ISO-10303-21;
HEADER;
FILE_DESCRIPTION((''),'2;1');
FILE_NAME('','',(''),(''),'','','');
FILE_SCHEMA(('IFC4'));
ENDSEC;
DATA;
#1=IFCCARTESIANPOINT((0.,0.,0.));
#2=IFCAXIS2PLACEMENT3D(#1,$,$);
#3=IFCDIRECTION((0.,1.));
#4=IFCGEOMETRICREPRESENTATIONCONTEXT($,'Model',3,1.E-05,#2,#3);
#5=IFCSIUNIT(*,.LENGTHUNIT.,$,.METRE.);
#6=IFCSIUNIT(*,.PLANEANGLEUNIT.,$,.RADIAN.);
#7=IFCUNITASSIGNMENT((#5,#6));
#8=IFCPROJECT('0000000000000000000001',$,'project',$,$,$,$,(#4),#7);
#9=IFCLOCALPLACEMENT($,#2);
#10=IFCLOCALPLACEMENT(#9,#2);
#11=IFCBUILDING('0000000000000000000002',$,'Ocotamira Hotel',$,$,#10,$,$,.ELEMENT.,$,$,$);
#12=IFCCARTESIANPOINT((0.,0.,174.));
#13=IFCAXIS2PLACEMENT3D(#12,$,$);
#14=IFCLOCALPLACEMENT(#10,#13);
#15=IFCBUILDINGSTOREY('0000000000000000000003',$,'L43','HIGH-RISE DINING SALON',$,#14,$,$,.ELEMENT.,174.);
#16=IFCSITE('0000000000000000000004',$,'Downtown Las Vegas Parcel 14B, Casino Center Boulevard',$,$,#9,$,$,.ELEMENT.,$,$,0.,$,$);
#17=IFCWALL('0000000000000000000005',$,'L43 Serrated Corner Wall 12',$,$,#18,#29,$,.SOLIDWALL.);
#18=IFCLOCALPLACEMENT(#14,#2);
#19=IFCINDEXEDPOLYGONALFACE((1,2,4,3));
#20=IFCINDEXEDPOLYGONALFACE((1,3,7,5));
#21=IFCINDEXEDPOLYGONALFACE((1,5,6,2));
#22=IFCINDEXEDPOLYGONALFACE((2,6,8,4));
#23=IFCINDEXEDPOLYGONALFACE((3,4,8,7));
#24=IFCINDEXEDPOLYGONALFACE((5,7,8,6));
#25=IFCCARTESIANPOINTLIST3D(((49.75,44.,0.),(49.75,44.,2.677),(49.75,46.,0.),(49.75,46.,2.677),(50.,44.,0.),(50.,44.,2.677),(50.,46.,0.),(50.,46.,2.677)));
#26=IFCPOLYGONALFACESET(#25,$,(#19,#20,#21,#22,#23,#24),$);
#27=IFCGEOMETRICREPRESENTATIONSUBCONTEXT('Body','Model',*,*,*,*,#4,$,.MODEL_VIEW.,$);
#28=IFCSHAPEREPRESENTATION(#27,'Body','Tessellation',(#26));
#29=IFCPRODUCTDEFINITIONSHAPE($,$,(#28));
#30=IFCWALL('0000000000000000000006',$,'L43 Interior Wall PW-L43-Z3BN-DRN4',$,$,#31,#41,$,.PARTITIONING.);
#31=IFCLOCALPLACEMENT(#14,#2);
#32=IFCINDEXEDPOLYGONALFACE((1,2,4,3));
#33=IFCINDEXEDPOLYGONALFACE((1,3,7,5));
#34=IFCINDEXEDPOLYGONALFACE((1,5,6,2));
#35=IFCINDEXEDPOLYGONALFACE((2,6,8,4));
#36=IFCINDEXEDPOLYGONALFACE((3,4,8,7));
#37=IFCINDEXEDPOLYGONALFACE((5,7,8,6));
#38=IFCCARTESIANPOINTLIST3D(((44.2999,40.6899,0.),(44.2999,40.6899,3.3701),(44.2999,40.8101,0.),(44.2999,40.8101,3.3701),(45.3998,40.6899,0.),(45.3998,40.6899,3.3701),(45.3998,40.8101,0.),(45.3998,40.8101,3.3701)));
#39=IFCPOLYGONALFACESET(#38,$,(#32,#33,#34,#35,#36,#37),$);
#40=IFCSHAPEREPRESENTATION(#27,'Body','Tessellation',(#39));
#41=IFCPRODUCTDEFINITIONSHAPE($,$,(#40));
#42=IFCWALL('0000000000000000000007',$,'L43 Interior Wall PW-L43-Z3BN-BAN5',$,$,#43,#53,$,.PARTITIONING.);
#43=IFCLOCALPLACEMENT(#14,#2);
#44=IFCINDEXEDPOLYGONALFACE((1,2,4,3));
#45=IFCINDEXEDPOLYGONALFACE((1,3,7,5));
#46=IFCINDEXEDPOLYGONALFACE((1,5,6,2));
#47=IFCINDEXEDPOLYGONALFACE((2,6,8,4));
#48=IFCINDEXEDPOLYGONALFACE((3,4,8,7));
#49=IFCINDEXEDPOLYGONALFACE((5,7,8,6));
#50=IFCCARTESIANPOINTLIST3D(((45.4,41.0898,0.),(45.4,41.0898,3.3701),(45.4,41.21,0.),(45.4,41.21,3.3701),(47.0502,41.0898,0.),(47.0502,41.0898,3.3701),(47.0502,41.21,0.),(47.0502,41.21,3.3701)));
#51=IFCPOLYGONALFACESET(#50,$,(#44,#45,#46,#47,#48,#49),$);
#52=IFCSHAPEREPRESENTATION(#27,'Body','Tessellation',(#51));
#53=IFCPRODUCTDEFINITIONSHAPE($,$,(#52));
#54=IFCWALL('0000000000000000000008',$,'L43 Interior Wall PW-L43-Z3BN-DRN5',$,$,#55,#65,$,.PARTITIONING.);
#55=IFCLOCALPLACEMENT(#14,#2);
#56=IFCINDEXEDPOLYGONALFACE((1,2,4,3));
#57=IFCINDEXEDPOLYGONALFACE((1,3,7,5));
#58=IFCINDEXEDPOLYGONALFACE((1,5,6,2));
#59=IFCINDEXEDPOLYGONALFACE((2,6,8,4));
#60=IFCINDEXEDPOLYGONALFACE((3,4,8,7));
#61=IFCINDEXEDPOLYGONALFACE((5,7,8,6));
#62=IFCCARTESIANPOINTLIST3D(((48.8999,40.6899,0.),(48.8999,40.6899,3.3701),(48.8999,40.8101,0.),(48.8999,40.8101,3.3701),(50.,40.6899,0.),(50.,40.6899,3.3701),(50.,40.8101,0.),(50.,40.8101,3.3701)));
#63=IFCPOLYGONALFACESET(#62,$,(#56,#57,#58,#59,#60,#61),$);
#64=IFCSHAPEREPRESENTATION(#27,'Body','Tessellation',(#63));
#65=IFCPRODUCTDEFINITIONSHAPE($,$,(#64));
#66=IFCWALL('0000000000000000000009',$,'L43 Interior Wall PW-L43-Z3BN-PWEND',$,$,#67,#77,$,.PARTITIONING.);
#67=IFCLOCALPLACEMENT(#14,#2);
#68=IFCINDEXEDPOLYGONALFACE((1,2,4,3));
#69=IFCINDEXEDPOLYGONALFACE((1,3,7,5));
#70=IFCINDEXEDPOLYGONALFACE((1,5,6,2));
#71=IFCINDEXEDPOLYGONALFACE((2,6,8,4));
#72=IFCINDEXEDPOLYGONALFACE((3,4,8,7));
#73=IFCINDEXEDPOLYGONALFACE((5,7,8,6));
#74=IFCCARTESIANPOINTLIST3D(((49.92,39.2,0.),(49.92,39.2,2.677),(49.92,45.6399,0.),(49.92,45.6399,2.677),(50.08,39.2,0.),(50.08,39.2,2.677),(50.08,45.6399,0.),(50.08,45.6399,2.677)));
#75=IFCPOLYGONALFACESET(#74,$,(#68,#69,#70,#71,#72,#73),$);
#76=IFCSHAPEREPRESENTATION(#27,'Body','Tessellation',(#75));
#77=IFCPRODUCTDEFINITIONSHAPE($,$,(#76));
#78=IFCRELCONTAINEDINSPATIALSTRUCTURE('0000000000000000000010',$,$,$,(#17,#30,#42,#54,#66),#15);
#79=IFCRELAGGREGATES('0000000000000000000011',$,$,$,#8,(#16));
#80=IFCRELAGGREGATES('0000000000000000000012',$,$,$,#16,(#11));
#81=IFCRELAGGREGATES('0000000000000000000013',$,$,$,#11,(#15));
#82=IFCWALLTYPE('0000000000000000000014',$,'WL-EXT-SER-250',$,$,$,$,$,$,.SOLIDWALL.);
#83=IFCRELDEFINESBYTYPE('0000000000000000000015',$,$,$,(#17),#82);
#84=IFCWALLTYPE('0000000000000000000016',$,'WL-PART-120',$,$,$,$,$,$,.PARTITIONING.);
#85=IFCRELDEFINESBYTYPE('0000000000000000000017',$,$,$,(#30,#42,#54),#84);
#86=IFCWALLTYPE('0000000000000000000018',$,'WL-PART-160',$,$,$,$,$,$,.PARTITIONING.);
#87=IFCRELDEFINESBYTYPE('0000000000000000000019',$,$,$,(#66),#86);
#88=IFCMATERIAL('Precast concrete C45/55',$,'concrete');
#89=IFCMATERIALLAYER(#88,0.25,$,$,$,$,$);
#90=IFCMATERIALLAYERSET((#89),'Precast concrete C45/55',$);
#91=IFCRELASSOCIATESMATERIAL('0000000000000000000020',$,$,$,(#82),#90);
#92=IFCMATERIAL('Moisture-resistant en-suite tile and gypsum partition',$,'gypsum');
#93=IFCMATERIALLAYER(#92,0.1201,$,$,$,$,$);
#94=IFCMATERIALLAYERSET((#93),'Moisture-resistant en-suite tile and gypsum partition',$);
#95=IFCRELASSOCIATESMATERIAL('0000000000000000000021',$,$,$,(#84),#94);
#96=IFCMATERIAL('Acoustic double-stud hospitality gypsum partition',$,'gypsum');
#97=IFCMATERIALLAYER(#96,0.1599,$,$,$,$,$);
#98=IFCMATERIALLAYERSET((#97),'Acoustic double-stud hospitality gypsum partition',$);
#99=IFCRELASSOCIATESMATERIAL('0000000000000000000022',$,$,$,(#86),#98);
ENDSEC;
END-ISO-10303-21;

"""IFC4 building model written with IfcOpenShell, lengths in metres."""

from ifc_helpers import new_model, si_unit, direction, frame, frame_2d, origin, place, context, subcontext, project, spatial, rectangle, extrude, material, layer, layer_set, type_object, element, save


model = new_model("IFC4")

# Units and contexts
model_context = context("Model", 3, precision=1e-05, world=origin(), true_north=direction((0.0, 1.0)))
body_context = subcontext(model_context, "Body", "Model", "MODEL_VIEW")
ifc_project = project(units=[si_unit("LENGTHUNIT", "METRE"), si_unit("PLANEANGLEUNIT", "RADIAN")], contexts=[model_context])

# Site, building, storey
site_placement = place(None, origin())
site = spatial("IfcSite", under=ifc_project, at=site_placement, Name="Downtown Las Vegas Parcel 14B, Casino Center Boulevard", CompositionType="ELEMENT", RefElevation=0.0)
building_placement = place(site_placement, origin())
building = spatial("IfcBuilding", under=site, at=building_placement, Name="Ocotamira Hotel", CompositionType="ELEMENT")
storey_placement = place(building_placement, frame((0.0, 0.0, 174.0)))
storey = spatial("IfcBuildingStorey", under=building, at=storey_placement, Name="L43", Description="HIGH-RISE DINING SALON", CompositionType="ELEMENT", Elevation=174.0)

# Wall
ifc_material_1 = material(Name="Precast concrete C45/55", Category="concrete")
ifc_layer_1 = layer(ifc_material_1, 0.25)
ifc_layer_set_1 = layer_set([ifc_layer_1], Name="Precast concrete C45/55")
wall_type_1 = type_object("IfcWallType", Name="WL-EXT-SER-250", PredefinedType="SOLIDWALL", material=ifc_layer_set_1)
wall_1_placement = place(storey_placement, frame((49.875, 44.0, 0.0), z_axis=(0.0, 0.0, 1.0), x_axis=(0.0, 1.0, 0.0)))
element("IfcWall", 1, at=wall_1_placement, inside=storey, type_object=wall_type_1, Name="L43 Serrated Corner Wall 12", PredefinedType="SOLIDWALL", context=body_context, shape_type="SweptSolid", body=[
    extrude(rectangle(XDim=2.0, YDim=0.25, at=frame_2d((1.0, 0.0))), origin(), (0.0, 0.0, 1.0), 2.677),
])

# Walls
ifc_material_2 = material(Name="Moisture-resistant en-suite tile and gypsum partition", Category="gypsum")
ifc_layer_2 = layer(ifc_material_2, 0.1201)
ifc_layer_set_2 = layer_set([ifc_layer_2], Name="Moisture-resistant en-suite tile and gypsum partition")
wall_type_2 = type_object("IfcWallType", Name="WL-PART-120", PredefinedType="PARTITIONING", material=ifc_layer_set_2)
wall_2_placement = place(storey_placement, frame((44.3, 40.75, 0.0), z_axis=(0.0, 0.0, 1.0), x_axis=(1.0, 0.0, 0.0)))
element("IfcWall", 2, at=wall_2_placement, inside=storey, type_object=wall_type_2, Name="L43 Interior Wall PW-L43-Z3BN-DRN4", PredefinedType="PARTITIONING", context=body_context, shape_type="SweptSolid", body=[
    extrude(rectangle(XDim=1.0999, YDim=0.1201, at=frame_2d((0.5498, 0.0))), origin(), (0.0, 0.0, 1.0), 3.3701),
])
wall_3_placement = place(storey_placement, frame((45.3999, 41.1499, 0.0), z_axis=(0.0, 0.0, 1.0), x_axis=(1.0, 0.0, 0.0)))
element("IfcWall", 3, at=wall_3_placement, inside=storey, type_object=wall_type_2, Name="L43 Interior Wall PW-L43-Z3BN-BAN5", PredefinedType="PARTITIONING", context=body_context, shape_type="SweptSolid", body=[
    extrude(rectangle(XDim=1.6501, YDim=0.1201, at=frame_2d((0.8252, 0.0))), origin(), (0.0, 0.0, 1.0), 3.3701),
])
wall_4_placement = place(storey_placement, frame((48.8999, 40.75, 0.0), z_axis=(0.0, 0.0, 1.0), x_axis=(1.0, 0.0, 0.0)))
element("IfcWall", 4, at=wall_4_placement, inside=storey, type_object=wall_type_2, Name="L43 Interior Wall PW-L43-Z3BN-DRN5", PredefinedType="PARTITIONING", context=body_context, shape_type="SweptSolid", body=[
    extrude(rectangle(XDim=1.1001, YDim=0.1201, at=frame_2d((0.55, 0.0))), origin(), (0.0, 0.0, 1.0), 3.3701),
])
ifc_material_3 = material(Name="Acoustic double-stud hospitality gypsum partition", Category="gypsum")
ifc_layer_3 = layer(ifc_material_3, 0.1599)
ifc_layer_set_3 = layer_set([ifc_layer_3], Name="Acoustic double-stud hospitality gypsum partition")
wall_type_3 = type_object("IfcWallType", Name="WL-PART-160", PredefinedType="PARTITIONING", material=ifc_layer_set_3)
wall_5_placement = place(storey_placement, frame((50.0, 39.2, 0.0), z_axis=(0.0, 0.0, 1.0), x_axis=(0.0, 1.0, 0.0)))
element("IfcWall", 5, at=wall_5_placement, inside=storey, type_object=wall_type_3, Name="L43 Interior Wall PW-L43-Z3BN-PWEND", PredefinedType="PARTITIONING", context=body_context, shape_type="SweptSolid", body=[
    extrude(rectangle(XDim=6.4399, YDim=0.1599, at=frame_2d((3.22, 0.0))), origin(), (0.0, 0.0, 1.0), 2.677),
])

save(model, "model.ifc")
